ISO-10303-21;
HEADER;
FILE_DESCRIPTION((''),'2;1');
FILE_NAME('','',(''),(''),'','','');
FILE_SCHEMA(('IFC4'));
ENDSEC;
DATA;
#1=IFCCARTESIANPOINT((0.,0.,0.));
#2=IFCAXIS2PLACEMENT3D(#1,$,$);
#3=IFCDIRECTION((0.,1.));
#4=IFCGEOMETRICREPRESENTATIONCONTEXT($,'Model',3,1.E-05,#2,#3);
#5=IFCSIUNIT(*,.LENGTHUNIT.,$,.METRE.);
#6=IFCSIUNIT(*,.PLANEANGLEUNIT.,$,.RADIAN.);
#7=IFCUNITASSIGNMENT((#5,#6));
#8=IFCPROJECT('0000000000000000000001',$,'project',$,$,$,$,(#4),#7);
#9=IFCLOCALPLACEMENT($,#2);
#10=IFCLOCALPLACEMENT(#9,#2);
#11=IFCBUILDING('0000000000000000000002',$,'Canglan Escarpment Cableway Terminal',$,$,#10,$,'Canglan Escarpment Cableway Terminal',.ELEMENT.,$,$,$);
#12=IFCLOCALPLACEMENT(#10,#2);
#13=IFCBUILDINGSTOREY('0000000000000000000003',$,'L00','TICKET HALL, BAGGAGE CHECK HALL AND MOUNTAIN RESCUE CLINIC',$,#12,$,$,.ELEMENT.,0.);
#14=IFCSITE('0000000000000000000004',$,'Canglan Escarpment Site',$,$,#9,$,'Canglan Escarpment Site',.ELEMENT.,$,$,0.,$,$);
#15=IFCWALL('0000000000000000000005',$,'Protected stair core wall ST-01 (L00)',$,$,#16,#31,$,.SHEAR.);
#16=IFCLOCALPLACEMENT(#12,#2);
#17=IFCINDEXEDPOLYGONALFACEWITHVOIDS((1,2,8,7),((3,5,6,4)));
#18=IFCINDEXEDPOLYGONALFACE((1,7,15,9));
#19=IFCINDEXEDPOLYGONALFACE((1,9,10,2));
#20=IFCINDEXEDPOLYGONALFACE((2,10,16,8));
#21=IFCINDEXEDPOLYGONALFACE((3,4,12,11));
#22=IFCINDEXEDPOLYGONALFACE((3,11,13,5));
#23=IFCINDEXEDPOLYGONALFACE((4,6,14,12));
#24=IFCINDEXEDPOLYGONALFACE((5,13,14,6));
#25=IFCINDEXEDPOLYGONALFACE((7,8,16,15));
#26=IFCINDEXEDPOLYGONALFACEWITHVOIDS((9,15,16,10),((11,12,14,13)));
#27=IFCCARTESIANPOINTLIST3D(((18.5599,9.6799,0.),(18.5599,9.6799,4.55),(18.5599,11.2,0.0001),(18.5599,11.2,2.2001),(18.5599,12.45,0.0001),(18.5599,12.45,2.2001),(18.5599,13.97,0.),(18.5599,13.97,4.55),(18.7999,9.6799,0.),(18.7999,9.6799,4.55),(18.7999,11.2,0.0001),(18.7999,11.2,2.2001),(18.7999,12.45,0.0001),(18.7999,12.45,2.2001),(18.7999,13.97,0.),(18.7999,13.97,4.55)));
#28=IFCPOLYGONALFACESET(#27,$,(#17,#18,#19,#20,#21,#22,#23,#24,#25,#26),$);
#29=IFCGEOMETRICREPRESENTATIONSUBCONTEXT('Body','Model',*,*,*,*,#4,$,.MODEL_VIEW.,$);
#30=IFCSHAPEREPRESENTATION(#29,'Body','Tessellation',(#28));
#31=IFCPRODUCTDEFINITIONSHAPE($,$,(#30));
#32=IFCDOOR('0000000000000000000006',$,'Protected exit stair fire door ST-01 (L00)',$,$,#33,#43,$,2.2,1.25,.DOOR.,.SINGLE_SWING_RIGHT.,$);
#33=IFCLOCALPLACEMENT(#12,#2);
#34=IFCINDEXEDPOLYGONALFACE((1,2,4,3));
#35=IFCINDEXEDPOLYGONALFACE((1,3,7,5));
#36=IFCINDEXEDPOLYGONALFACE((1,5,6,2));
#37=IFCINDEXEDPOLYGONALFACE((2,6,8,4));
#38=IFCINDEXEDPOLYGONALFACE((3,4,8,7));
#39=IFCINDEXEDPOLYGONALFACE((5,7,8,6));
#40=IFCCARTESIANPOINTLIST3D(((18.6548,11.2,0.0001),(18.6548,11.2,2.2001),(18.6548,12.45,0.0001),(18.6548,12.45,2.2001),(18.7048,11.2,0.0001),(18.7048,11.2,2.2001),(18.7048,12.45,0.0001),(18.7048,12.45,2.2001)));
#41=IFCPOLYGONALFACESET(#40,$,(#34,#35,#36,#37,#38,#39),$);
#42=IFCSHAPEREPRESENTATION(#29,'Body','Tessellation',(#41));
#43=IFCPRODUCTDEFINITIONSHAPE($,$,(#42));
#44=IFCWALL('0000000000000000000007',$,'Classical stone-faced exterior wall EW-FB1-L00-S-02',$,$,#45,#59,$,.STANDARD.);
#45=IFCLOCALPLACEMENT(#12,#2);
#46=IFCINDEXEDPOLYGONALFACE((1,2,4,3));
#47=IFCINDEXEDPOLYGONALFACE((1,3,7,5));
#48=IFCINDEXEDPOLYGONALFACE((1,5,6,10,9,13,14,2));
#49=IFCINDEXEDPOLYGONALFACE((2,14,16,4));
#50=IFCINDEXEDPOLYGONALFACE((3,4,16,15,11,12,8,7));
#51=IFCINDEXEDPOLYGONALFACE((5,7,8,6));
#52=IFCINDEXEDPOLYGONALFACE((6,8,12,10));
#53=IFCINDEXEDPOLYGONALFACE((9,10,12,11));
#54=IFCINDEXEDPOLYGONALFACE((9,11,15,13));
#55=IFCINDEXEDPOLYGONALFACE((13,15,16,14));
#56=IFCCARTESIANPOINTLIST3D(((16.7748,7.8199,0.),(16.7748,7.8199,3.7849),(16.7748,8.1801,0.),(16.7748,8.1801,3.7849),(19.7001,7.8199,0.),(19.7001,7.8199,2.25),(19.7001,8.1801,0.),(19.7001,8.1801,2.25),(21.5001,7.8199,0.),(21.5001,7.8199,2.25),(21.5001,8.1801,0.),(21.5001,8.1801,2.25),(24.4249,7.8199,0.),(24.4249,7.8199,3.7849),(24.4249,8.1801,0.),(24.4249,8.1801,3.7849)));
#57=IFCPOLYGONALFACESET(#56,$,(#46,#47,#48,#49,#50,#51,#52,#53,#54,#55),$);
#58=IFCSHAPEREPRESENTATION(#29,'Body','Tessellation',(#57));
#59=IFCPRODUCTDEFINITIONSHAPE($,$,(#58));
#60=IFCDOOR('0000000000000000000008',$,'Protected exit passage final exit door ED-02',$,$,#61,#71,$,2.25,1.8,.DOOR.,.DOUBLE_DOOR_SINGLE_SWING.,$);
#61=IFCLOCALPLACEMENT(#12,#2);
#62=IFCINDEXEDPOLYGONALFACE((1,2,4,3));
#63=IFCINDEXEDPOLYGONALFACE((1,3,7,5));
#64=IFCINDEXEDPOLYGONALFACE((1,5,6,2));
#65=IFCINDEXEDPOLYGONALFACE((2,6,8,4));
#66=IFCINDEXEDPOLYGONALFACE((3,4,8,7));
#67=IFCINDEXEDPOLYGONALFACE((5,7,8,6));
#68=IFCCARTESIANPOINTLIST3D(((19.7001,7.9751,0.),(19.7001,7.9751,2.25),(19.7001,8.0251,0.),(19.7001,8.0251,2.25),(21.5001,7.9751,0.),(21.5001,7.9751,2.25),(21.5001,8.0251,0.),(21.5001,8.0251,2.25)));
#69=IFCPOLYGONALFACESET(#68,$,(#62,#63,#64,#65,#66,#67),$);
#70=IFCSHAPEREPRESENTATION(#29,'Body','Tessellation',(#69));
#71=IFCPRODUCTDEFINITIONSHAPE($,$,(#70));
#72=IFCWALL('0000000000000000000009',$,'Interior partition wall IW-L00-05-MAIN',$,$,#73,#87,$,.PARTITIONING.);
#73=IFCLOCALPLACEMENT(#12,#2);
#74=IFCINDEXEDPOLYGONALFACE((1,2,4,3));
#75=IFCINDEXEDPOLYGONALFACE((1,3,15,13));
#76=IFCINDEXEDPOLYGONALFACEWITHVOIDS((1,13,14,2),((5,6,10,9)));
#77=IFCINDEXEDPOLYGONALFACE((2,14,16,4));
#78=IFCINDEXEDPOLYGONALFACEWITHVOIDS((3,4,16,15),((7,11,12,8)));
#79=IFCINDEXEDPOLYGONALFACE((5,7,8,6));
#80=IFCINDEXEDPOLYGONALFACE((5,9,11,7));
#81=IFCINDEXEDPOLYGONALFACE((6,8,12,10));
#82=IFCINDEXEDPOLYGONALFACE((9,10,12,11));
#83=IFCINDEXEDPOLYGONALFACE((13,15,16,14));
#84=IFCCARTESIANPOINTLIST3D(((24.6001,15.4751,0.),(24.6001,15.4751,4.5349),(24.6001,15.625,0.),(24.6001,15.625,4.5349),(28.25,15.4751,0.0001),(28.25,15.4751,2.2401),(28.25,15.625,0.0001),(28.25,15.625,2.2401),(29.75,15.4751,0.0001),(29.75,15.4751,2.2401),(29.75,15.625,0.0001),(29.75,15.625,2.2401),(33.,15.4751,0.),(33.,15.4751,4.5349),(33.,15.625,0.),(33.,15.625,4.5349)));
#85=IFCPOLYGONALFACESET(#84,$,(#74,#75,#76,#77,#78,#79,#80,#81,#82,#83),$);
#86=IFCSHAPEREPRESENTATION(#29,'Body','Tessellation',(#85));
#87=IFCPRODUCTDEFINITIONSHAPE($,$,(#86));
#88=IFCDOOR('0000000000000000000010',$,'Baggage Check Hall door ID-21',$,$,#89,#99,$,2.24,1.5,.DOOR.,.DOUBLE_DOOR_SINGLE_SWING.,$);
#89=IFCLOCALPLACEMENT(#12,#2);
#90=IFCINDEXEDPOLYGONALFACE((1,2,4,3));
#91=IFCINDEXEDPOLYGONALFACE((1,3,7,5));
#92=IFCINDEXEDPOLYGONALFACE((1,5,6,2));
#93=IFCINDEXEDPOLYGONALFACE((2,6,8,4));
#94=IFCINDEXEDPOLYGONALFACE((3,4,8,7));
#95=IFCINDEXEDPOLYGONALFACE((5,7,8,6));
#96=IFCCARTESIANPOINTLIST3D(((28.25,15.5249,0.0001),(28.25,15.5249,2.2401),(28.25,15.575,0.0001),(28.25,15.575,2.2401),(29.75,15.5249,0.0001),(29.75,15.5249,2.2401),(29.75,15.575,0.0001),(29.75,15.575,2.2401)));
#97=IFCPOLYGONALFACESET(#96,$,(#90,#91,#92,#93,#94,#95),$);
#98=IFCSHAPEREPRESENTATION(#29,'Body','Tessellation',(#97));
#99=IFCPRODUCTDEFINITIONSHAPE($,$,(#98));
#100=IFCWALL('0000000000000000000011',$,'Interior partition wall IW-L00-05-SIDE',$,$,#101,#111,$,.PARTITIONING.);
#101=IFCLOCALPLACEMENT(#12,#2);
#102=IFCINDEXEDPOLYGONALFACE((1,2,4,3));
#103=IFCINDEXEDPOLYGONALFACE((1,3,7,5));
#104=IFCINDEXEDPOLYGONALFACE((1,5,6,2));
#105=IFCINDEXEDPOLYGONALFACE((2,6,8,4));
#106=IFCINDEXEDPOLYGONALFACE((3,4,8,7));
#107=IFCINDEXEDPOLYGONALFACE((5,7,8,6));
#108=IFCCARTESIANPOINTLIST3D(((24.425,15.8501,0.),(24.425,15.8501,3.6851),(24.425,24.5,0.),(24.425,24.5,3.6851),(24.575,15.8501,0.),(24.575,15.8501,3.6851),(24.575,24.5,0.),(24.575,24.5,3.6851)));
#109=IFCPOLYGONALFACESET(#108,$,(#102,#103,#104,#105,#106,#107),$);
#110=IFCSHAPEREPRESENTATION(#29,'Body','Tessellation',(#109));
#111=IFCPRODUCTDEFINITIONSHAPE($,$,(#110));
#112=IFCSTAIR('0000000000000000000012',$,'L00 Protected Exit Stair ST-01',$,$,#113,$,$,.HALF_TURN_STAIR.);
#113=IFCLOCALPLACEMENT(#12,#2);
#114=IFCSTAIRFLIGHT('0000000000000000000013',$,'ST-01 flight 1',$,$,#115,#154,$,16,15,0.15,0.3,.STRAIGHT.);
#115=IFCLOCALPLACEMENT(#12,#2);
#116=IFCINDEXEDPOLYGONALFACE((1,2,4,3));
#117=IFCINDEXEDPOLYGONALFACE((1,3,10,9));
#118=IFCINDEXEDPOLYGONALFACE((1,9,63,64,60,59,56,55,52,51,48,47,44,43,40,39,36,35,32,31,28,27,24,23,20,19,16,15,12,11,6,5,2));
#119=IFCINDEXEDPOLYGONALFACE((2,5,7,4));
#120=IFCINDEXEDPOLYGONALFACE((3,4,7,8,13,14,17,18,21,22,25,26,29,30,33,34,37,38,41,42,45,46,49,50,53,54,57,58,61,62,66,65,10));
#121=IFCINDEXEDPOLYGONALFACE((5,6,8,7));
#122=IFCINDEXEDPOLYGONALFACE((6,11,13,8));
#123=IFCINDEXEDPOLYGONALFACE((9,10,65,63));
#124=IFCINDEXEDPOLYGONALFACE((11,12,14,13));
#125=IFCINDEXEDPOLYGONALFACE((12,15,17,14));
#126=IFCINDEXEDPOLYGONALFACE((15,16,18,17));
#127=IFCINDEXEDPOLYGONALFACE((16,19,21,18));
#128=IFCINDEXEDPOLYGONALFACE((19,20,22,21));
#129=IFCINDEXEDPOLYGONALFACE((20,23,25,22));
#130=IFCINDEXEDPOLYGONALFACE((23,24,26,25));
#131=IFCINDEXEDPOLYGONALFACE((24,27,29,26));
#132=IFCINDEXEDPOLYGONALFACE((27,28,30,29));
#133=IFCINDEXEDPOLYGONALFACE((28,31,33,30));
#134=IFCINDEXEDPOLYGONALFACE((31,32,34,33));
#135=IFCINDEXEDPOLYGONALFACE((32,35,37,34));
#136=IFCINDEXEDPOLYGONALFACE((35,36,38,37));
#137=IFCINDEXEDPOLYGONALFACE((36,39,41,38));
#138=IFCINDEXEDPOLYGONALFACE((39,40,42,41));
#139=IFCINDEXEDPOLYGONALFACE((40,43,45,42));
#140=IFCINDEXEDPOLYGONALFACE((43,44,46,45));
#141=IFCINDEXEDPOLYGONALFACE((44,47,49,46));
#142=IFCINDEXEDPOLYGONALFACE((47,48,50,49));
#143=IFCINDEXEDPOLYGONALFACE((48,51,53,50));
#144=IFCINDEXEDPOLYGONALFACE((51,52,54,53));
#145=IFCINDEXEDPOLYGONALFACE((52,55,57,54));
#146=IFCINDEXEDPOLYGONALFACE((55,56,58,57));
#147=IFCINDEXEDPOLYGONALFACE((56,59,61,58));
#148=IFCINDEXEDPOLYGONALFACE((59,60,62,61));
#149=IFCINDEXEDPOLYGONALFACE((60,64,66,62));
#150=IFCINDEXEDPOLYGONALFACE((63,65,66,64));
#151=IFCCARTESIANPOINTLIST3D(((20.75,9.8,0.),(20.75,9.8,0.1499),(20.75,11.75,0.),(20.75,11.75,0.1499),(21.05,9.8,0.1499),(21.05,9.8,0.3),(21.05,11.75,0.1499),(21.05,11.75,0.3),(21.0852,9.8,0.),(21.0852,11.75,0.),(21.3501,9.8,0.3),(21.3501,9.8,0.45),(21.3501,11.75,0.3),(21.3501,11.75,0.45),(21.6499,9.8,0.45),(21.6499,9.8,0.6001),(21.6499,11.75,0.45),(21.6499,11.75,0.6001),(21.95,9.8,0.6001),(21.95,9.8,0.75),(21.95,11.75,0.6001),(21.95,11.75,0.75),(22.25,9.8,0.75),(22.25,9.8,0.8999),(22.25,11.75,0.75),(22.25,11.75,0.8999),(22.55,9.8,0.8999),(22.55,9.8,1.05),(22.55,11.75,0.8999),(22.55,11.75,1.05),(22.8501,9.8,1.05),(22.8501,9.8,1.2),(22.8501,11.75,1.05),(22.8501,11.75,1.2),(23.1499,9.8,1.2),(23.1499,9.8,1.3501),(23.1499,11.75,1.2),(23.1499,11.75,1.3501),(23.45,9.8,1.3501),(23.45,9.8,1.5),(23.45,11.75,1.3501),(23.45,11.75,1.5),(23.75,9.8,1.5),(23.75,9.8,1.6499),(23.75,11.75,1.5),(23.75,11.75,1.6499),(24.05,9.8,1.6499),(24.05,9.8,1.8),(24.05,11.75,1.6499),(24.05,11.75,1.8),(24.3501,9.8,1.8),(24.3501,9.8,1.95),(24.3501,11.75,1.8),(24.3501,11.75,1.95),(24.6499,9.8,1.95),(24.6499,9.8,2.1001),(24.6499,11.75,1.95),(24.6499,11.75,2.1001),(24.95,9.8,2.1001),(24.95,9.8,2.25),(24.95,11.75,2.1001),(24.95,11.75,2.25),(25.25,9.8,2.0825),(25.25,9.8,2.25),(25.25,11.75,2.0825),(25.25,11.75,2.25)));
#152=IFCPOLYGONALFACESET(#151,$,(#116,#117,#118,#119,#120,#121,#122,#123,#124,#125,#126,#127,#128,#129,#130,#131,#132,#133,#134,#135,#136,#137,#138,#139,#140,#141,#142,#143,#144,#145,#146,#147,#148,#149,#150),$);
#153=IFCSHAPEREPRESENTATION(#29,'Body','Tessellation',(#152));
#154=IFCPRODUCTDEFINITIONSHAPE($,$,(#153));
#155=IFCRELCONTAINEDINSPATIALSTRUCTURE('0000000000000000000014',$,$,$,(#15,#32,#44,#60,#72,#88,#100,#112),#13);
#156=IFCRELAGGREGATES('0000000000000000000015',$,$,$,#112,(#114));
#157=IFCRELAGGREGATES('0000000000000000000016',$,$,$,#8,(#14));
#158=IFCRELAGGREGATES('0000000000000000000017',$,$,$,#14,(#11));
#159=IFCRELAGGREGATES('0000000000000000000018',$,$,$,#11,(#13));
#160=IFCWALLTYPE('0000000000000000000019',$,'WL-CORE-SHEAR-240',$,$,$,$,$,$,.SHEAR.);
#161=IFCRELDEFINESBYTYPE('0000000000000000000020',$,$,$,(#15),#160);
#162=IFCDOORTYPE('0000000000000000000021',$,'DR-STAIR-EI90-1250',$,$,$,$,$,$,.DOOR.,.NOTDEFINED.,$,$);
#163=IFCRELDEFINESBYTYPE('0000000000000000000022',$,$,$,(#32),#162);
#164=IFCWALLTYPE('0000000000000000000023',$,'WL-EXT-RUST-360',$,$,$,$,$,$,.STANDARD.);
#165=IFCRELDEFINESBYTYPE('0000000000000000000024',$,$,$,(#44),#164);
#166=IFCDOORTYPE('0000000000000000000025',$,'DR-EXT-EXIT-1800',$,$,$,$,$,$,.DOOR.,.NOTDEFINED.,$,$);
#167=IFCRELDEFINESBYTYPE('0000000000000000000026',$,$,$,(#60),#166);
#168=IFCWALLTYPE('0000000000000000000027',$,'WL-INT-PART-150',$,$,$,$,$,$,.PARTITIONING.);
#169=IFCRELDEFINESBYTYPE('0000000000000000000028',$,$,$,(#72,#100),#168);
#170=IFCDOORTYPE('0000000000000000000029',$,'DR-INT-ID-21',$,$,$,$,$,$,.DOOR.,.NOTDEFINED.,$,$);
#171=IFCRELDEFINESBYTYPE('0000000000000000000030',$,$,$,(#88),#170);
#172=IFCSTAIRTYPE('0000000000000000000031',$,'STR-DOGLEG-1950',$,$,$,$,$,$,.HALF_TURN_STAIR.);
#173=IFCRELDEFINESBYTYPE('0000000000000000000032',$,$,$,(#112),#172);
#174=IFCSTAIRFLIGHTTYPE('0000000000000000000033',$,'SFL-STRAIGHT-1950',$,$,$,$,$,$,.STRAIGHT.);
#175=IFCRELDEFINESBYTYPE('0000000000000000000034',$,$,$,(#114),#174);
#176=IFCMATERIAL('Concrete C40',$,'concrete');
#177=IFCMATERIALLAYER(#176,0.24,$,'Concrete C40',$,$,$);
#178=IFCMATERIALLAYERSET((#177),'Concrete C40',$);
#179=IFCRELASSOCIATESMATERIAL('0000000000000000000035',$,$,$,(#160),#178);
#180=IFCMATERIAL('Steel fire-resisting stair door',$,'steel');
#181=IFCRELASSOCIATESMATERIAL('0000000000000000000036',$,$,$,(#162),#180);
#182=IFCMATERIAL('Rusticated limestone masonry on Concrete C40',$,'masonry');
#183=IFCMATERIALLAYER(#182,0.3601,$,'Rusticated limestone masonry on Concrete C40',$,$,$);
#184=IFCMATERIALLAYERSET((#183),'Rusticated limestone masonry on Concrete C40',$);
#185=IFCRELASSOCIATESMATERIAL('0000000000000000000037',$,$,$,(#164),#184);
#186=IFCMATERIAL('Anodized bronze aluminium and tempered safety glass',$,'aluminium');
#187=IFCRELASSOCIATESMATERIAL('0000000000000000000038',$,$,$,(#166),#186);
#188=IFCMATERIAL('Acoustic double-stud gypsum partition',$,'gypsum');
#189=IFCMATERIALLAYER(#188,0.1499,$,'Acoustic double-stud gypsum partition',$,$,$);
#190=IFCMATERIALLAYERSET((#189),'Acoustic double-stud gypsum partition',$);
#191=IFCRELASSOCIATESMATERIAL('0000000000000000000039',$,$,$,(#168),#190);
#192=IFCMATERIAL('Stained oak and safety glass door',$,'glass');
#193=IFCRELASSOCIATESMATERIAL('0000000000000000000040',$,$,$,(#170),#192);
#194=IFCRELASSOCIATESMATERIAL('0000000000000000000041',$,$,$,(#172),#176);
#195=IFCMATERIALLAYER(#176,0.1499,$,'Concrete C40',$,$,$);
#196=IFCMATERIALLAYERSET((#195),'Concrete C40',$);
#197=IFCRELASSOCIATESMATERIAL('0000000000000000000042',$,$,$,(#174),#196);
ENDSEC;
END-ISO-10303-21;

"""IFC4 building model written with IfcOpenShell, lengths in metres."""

from ifc_helpers import new_model, si_unit, direction, frame, frame_2d, origin, place, context, subcontext, project, spatial, polyline, rectangle, outline, extrude, material, layer, layer_set, type_object, element, fill, aggregate, save


model = new_model("IFC4")

# Units and contexts
model_context = context("Model", 3, precision=1e-05, world=origin(), true_north=direction((0.0, 1.0)))
body_context = subcontext(model_context, "Body", "Model", "MODEL_VIEW")
ifc_project = project(units=[si_unit("LENGTHUNIT", "METRE"), si_unit("PLANEANGLEUNIT", "RADIAN")], contexts=[model_context])

# Site, building, storey
site_placement = place(None, origin())
site = spatial("IfcSite", under=ifc_project, at=site_placement, Name="Canglan Escarpment Site", LongName="Canglan Escarpment Site", CompositionType="ELEMENT", RefElevation=0.0)
building_placement = place(site_placement, origin())
building = spatial("IfcBuilding", under=site, at=building_placement, Name="Canglan Escarpment Cableway Terminal", LongName="Canglan Escarpment Cableway Terminal", CompositionType="ELEMENT")
storey_placement = place(building_placement, origin())
storey = spatial("IfcBuildingStorey", under=building, at=storey_placement, Name="L00", Description="TICKET HALL, BAGGAGE CHECK HALL AND MOUNTAIN RESCUE CLINIC", CompositionType="ELEMENT", Elevation=0.0)

# Shared definitions
ifc_material_1 = material(Name="Concrete C40", Category="concrete")

# Shared definitions
ifc_layer_1 = layer(ifc_material_1, 0.24, Name="Concrete C40")
ifc_layer_set_1 = layer_set([ifc_layer_1], Name="Concrete C40")
wall_type_1 = type_object("IfcWallType", Name="WL-CORE-SHEAR-240", PredefinedType="SHEAR", material=ifc_layer_set_1)

# Walls, openings, doors
wall_1_placement = place(storey_placement, frame((18.6799, 13.97, 0.0), z_axis=(0.0, 0.0, 1.0), x_axis=(0.0, -1.0, 0.0)))
wall_1 = element("IfcWall", 1, at=wall_1_placement, inside=storey, type_object=wall_type_1, Name="Protected stair core wall ST-01 (L00)", PredefinedType="SHEAR", context=body_context, shape_type="SweptSolid", body=[
    extrude(rectangle(XDim=4.29, YDim=0.24, at=frame_2d((2.145, 0.0))), origin(), (0.0, 0.0, 1.0), 4.55),
])
opening_1_placement = place(wall_1_placement, frame((1.52, 0.0, 0.0)))
opening_1 = element("IfcOpeningElement", 2, at=opening_1_placement, cuts=wall_1, PredefinedType="OPENING", context=body_context, shape_type="SweptSolid", body=[
    extrude(rectangle(XDim=1.25, YDim=2.2, at=frame_2d((0.625, 1.1001))), frame((0.0, 0.1299, 0.0), z_axis=(0.0, -1.0, 0.0), x_axis=(1.0, 0.0, 0.0)), (0.0, 0.0, 1.0), 0.26),
])
ifc_material_2 = material(Name="Steel fire-resisting stair door", Category="steel")
door_type_1 = type_object("IfcDoorType", Name="DR-STAIR-EI90-1250", OperationType="NOTDEFINED", PredefinedType="DOOR", material=ifc_material_2)
door_1_placement = place(opening_1_placement, origin())
door_1 = element("IfcDoor", 3, at=door_1_placement, inside=storey, type_object=door_type_1, Name="Protected exit stair fire door ST-01 (L00)", OperationType="SINGLE_SWING_RIGHT", OverallHeight=2.2, OverallWidth=1.25, PredefinedType="DOOR", context=body_context, shape_type="SweptSolid", body=[
    extrude(rectangle(XDim=1.25, YDim=2.2, at=frame_2d((0.625, 1.1001))), frame((0.0, 0.0249, 0.0), z_axis=(0.0, -1.0, 0.0), x_axis=(1.0, 0.0, 0.0)), (0.0, 0.0, 1.0), 0.05),
])
fill(opening_1, door_1)
ifc_material_3 = material(Name="Rusticated limestone masonry on Concrete C40", Category="masonry")
ifc_layer_2 = layer(ifc_material_3, 0.3601, Name="Rusticated limestone masonry on Concrete C40")
ifc_layer_set_2 = layer_set([ifc_layer_2], Name="Rusticated limestone masonry on Concrete C40")
wall_type_2 = type_object("IfcWallType", Name="WL-EXT-RUST-360", PredefinedType="STANDARD", material=ifc_layer_set_2)
wall_2_placement = place(storey_placement, frame((24.425, 8.0, 0.0), z_axis=(0.0, 0.0, 1.0), x_axis=(-1.0, 0.0, 0.0)))
wall_2 = element("IfcWall", 4, at=wall_2_placement, inside=storey, type_object=wall_type_2, Name="Classical stone-faced exterior wall EW-FB1-L00-S-02", PredefinedType="STANDARD", context=body_context, shape_type="SweptSolid", body=[
    extrude(rectangle(XDim=7.6501, YDim=0.3601, at=frame_2d((3.8252, 0.0))), origin(), (0.0, 0.0, 1.0), 3.7849),
])
opening_2_placement = place(wall_2_placement, frame((2.925, 0.0, 0.0)))
opening_2 = element("IfcOpeningElement", 5, at=opening_2_placement, cuts=wall_2, PredefinedType="OPENING", context=body_context, shape_type="SweptSolid", body=[
    extrude(rectangle(XDim=1.8, YDim=2.25, at=frame_2d((0.8999, 1.125))), frame((0.0, 0.1899, 0.0), z_axis=(0.0, -1.0, 0.0), x_axis=(1.0, 0.0, 0.0)), (0.0, 0.0, 1.0), 0.3801),
])
ifc_material_4 = material(Name="Anodized bronze aluminium and tempered safety glass", Category="aluminium")
door_type_2 = type_object("IfcDoorType", Name="DR-EXT-EXIT-1800", OperationType="NOTDEFINED", PredefinedType="DOOR", material=ifc_material_4)
door_2_placement = place(opening_2_placement, origin())
door_2 = element("IfcDoor", 6, at=door_2_placement, inside=storey, type_object=door_type_2, Name="Protected exit passage final exit door ED-02", OperationType="DOUBLE_DOOR_SINGLE_SWING", OverallHeight=2.25, OverallWidth=1.8, PredefinedType="DOOR", context=body_context, shape_type="SweptSolid", body=[
    extrude(rectangle(XDim=1.8, YDim=2.25, at=frame_2d((0.8999, 1.125))), frame((0.0, 0.0249, 0.0), z_axis=(0.0, -1.0, 0.0), x_axis=(1.0, 0.0, 0.0)), (0.0, 0.0, 1.0), 0.05),
])
fill(opening_2, door_2)
ifc_material_5 = material(Name="Acoustic double-stud gypsum partition", Category="gypsum")
ifc_layer_3 = layer(ifc_material_5, 0.1499, Name="Acoustic double-stud gypsum partition")
ifc_layer_set_3 = layer_set([ifc_layer_3], Name="Acoustic double-stud gypsum partition")
wall_type_3 = type_object("IfcWallType", Name="WL-INT-PART-150", PredefinedType="PARTITIONING", material=ifc_layer_set_3)
wall_3_placement = place(storey_placement, frame((24.6001, 15.55, 0.0), z_axis=(0.0, 0.0, 1.0), x_axis=(1.0, 0.0, 0.0)))
wall_3 = element("IfcWall", 7, at=wall_3_placement, inside=storey, type_object=wall_type_3, Name="Interior partition wall IW-L00-05-MAIN", PredefinedType="PARTITIONING", context=body_context, shape_type="SweptSolid", body=[
    extrude(rectangle(XDim=8.3999, YDim=0.1499, at=frame_2d((4.2, 0.0))), origin(), (0.0, 0.0, 1.0), 4.5349),
])
opening_3_placement = place(wall_3_placement, frame((3.6499, 0.0, 0.0)))
opening_3 = element("IfcOpeningElement", 8, at=opening_3_placement, cuts=wall_3, PredefinedType="OPENING", context=body_context, shape_type="SweptSolid", body=[
    extrude(rectangle(XDim=1.5, YDim=2.24, at=frame_2d((0.75, 1.1201))), frame((0.0, 0.085, 0.0), z_axis=(0.0, -1.0, 0.0), x_axis=(1.0, 0.0, 0.0)), (0.0, 0.0, 1.0), 0.1699),
])
ifc_material_6 = material(Name="Stained oak and safety glass door", Category="glass")
door_type_3 = type_object("IfcDoorType", Name="DR-INT-ID-21", OperationType="NOTDEFINED", PredefinedType="DOOR", material=ifc_material_6)
door_3_placement = place(opening_3_placement, origin())
door_3 = element("IfcDoor", 9, at=door_3_placement, inside=storey, type_object=door_type_3, Name="Baggage Check Hall door ID-21", OperationType="DOUBLE_DOOR_SINGLE_SWING", OverallHeight=2.24, OverallWidth=1.5, PredefinedType="DOOR", context=body_context, shape_type="SweptSolid", body=[
    extrude(rectangle(XDim=1.5, YDim=2.24, at=frame_2d((0.75, 1.1201))), frame((0.0, 0.0249, 0.0), z_axis=(0.0, -1.0, 0.0), x_axis=(1.0, 0.0, 0.0)), (0.0, 0.0, 1.0), 0.05),
])
fill(opening_3, door_3)

# Wall
wall_4_placement = place(storey_placement, frame((24.5, 15.8501, 0.0), z_axis=(0.0, 0.0, 1.0), x_axis=(0.0, 1.0, 0.0)))
element("IfcWall", 10, at=wall_4_placement, inside=storey, type_object=wall_type_3, Name="Interior partition wall IW-L00-05-SIDE", PredefinedType="PARTITIONING", context=body_context, shape_type="SweptSolid", body=[
    extrude(rectangle(XDim=8.6499, YDim=0.1499, at=frame_2d((4.325, 0.0))), origin(), (0.0, 0.0, 1.0), 3.6851),
])

# Stair, stair flight
stair_type = type_object("IfcStairType", Name="STR-DOGLEG-1950", PredefinedType="HALF_TURN_STAIR", material=ifc_material_1)
stair_placement = place(storey_placement, origin())
stair = element("IfcStair", 11, at=stair_placement, inside=storey, type_object=stair_type, Name="L00 Protected Exit Stair ST-01", PredefinedType="HALF_TURN_STAIR")
ifc_layer_4 = layer(ifc_material_1, 0.1499, Name="Concrete C40")
ifc_layer_set_4 = layer_set([ifc_layer_4], Name="Concrete C40")
stair_flight_type = type_object("IfcStairFlightType", Name="SFL-STRAIGHT-1950", PredefinedType="STRAIGHT", material=ifc_layer_set_4)
stair_flight_1_placement = place(storey_placement, frame((20.75, 10.7749, 0.0), z_axis=(0.0, 0.0, 1.0), x_axis=(1.0, 0.0, 0.0)))
stair_flight_1 = element("IfcStairFlight", 12, at=stair_flight_1_placement, type_object=stair_flight_type, Name="ST-01 flight 1", NumberOfRisers=16, NumberOfTreads=15, PredefinedType="STRAIGHT", RiserHeight=0.15, TreadLength=0.3, context=body_context, shape_type="SweptSolid", body=[
    extrude(outline(polyline([(0.0, 0.0), (0.0, 0.1499), (0.3, 0.1499), (0.3, 0.3), (0.6001, 0.3), (0.6001, 0.45), (0.8999, 0.45), (0.8999, 0.6001), (1.2, 0.6001), (1.2, 0.75), (1.5, 0.75), (1.5, 0.8999), (1.8, 0.8999), (1.8, 1.05), (2.1001, 1.05), (2.1001, 1.2), (2.3999, 1.2), (2.3999, 1.3501), (2.7, 1.3501), (2.7, 1.5), (3.0, 1.5), (3.0, 1.6499), (3.3, 1.6499), (3.3, 1.8), (3.6001, 1.8), (3.6001, 1.95), (3.8999, 1.95), (3.8999, 2.1001), (4.2, 2.1001), (4.2, 2.25), (4.5, 2.25), (4.5, 2.3999), (4.5, 2.0825), (0.3352, 0.0), (0.0, 0.0)])), frame((0.0, 0.9751, 0.0), z_axis=(0.0, -1.0, 0.0), x_axis=(1.0, 0.0, 0.0)), (0.0, 0.0, 1.0), 1.95),
])
aggregate(stair, [stair_flight_1])

save(model, "model.ifc")
